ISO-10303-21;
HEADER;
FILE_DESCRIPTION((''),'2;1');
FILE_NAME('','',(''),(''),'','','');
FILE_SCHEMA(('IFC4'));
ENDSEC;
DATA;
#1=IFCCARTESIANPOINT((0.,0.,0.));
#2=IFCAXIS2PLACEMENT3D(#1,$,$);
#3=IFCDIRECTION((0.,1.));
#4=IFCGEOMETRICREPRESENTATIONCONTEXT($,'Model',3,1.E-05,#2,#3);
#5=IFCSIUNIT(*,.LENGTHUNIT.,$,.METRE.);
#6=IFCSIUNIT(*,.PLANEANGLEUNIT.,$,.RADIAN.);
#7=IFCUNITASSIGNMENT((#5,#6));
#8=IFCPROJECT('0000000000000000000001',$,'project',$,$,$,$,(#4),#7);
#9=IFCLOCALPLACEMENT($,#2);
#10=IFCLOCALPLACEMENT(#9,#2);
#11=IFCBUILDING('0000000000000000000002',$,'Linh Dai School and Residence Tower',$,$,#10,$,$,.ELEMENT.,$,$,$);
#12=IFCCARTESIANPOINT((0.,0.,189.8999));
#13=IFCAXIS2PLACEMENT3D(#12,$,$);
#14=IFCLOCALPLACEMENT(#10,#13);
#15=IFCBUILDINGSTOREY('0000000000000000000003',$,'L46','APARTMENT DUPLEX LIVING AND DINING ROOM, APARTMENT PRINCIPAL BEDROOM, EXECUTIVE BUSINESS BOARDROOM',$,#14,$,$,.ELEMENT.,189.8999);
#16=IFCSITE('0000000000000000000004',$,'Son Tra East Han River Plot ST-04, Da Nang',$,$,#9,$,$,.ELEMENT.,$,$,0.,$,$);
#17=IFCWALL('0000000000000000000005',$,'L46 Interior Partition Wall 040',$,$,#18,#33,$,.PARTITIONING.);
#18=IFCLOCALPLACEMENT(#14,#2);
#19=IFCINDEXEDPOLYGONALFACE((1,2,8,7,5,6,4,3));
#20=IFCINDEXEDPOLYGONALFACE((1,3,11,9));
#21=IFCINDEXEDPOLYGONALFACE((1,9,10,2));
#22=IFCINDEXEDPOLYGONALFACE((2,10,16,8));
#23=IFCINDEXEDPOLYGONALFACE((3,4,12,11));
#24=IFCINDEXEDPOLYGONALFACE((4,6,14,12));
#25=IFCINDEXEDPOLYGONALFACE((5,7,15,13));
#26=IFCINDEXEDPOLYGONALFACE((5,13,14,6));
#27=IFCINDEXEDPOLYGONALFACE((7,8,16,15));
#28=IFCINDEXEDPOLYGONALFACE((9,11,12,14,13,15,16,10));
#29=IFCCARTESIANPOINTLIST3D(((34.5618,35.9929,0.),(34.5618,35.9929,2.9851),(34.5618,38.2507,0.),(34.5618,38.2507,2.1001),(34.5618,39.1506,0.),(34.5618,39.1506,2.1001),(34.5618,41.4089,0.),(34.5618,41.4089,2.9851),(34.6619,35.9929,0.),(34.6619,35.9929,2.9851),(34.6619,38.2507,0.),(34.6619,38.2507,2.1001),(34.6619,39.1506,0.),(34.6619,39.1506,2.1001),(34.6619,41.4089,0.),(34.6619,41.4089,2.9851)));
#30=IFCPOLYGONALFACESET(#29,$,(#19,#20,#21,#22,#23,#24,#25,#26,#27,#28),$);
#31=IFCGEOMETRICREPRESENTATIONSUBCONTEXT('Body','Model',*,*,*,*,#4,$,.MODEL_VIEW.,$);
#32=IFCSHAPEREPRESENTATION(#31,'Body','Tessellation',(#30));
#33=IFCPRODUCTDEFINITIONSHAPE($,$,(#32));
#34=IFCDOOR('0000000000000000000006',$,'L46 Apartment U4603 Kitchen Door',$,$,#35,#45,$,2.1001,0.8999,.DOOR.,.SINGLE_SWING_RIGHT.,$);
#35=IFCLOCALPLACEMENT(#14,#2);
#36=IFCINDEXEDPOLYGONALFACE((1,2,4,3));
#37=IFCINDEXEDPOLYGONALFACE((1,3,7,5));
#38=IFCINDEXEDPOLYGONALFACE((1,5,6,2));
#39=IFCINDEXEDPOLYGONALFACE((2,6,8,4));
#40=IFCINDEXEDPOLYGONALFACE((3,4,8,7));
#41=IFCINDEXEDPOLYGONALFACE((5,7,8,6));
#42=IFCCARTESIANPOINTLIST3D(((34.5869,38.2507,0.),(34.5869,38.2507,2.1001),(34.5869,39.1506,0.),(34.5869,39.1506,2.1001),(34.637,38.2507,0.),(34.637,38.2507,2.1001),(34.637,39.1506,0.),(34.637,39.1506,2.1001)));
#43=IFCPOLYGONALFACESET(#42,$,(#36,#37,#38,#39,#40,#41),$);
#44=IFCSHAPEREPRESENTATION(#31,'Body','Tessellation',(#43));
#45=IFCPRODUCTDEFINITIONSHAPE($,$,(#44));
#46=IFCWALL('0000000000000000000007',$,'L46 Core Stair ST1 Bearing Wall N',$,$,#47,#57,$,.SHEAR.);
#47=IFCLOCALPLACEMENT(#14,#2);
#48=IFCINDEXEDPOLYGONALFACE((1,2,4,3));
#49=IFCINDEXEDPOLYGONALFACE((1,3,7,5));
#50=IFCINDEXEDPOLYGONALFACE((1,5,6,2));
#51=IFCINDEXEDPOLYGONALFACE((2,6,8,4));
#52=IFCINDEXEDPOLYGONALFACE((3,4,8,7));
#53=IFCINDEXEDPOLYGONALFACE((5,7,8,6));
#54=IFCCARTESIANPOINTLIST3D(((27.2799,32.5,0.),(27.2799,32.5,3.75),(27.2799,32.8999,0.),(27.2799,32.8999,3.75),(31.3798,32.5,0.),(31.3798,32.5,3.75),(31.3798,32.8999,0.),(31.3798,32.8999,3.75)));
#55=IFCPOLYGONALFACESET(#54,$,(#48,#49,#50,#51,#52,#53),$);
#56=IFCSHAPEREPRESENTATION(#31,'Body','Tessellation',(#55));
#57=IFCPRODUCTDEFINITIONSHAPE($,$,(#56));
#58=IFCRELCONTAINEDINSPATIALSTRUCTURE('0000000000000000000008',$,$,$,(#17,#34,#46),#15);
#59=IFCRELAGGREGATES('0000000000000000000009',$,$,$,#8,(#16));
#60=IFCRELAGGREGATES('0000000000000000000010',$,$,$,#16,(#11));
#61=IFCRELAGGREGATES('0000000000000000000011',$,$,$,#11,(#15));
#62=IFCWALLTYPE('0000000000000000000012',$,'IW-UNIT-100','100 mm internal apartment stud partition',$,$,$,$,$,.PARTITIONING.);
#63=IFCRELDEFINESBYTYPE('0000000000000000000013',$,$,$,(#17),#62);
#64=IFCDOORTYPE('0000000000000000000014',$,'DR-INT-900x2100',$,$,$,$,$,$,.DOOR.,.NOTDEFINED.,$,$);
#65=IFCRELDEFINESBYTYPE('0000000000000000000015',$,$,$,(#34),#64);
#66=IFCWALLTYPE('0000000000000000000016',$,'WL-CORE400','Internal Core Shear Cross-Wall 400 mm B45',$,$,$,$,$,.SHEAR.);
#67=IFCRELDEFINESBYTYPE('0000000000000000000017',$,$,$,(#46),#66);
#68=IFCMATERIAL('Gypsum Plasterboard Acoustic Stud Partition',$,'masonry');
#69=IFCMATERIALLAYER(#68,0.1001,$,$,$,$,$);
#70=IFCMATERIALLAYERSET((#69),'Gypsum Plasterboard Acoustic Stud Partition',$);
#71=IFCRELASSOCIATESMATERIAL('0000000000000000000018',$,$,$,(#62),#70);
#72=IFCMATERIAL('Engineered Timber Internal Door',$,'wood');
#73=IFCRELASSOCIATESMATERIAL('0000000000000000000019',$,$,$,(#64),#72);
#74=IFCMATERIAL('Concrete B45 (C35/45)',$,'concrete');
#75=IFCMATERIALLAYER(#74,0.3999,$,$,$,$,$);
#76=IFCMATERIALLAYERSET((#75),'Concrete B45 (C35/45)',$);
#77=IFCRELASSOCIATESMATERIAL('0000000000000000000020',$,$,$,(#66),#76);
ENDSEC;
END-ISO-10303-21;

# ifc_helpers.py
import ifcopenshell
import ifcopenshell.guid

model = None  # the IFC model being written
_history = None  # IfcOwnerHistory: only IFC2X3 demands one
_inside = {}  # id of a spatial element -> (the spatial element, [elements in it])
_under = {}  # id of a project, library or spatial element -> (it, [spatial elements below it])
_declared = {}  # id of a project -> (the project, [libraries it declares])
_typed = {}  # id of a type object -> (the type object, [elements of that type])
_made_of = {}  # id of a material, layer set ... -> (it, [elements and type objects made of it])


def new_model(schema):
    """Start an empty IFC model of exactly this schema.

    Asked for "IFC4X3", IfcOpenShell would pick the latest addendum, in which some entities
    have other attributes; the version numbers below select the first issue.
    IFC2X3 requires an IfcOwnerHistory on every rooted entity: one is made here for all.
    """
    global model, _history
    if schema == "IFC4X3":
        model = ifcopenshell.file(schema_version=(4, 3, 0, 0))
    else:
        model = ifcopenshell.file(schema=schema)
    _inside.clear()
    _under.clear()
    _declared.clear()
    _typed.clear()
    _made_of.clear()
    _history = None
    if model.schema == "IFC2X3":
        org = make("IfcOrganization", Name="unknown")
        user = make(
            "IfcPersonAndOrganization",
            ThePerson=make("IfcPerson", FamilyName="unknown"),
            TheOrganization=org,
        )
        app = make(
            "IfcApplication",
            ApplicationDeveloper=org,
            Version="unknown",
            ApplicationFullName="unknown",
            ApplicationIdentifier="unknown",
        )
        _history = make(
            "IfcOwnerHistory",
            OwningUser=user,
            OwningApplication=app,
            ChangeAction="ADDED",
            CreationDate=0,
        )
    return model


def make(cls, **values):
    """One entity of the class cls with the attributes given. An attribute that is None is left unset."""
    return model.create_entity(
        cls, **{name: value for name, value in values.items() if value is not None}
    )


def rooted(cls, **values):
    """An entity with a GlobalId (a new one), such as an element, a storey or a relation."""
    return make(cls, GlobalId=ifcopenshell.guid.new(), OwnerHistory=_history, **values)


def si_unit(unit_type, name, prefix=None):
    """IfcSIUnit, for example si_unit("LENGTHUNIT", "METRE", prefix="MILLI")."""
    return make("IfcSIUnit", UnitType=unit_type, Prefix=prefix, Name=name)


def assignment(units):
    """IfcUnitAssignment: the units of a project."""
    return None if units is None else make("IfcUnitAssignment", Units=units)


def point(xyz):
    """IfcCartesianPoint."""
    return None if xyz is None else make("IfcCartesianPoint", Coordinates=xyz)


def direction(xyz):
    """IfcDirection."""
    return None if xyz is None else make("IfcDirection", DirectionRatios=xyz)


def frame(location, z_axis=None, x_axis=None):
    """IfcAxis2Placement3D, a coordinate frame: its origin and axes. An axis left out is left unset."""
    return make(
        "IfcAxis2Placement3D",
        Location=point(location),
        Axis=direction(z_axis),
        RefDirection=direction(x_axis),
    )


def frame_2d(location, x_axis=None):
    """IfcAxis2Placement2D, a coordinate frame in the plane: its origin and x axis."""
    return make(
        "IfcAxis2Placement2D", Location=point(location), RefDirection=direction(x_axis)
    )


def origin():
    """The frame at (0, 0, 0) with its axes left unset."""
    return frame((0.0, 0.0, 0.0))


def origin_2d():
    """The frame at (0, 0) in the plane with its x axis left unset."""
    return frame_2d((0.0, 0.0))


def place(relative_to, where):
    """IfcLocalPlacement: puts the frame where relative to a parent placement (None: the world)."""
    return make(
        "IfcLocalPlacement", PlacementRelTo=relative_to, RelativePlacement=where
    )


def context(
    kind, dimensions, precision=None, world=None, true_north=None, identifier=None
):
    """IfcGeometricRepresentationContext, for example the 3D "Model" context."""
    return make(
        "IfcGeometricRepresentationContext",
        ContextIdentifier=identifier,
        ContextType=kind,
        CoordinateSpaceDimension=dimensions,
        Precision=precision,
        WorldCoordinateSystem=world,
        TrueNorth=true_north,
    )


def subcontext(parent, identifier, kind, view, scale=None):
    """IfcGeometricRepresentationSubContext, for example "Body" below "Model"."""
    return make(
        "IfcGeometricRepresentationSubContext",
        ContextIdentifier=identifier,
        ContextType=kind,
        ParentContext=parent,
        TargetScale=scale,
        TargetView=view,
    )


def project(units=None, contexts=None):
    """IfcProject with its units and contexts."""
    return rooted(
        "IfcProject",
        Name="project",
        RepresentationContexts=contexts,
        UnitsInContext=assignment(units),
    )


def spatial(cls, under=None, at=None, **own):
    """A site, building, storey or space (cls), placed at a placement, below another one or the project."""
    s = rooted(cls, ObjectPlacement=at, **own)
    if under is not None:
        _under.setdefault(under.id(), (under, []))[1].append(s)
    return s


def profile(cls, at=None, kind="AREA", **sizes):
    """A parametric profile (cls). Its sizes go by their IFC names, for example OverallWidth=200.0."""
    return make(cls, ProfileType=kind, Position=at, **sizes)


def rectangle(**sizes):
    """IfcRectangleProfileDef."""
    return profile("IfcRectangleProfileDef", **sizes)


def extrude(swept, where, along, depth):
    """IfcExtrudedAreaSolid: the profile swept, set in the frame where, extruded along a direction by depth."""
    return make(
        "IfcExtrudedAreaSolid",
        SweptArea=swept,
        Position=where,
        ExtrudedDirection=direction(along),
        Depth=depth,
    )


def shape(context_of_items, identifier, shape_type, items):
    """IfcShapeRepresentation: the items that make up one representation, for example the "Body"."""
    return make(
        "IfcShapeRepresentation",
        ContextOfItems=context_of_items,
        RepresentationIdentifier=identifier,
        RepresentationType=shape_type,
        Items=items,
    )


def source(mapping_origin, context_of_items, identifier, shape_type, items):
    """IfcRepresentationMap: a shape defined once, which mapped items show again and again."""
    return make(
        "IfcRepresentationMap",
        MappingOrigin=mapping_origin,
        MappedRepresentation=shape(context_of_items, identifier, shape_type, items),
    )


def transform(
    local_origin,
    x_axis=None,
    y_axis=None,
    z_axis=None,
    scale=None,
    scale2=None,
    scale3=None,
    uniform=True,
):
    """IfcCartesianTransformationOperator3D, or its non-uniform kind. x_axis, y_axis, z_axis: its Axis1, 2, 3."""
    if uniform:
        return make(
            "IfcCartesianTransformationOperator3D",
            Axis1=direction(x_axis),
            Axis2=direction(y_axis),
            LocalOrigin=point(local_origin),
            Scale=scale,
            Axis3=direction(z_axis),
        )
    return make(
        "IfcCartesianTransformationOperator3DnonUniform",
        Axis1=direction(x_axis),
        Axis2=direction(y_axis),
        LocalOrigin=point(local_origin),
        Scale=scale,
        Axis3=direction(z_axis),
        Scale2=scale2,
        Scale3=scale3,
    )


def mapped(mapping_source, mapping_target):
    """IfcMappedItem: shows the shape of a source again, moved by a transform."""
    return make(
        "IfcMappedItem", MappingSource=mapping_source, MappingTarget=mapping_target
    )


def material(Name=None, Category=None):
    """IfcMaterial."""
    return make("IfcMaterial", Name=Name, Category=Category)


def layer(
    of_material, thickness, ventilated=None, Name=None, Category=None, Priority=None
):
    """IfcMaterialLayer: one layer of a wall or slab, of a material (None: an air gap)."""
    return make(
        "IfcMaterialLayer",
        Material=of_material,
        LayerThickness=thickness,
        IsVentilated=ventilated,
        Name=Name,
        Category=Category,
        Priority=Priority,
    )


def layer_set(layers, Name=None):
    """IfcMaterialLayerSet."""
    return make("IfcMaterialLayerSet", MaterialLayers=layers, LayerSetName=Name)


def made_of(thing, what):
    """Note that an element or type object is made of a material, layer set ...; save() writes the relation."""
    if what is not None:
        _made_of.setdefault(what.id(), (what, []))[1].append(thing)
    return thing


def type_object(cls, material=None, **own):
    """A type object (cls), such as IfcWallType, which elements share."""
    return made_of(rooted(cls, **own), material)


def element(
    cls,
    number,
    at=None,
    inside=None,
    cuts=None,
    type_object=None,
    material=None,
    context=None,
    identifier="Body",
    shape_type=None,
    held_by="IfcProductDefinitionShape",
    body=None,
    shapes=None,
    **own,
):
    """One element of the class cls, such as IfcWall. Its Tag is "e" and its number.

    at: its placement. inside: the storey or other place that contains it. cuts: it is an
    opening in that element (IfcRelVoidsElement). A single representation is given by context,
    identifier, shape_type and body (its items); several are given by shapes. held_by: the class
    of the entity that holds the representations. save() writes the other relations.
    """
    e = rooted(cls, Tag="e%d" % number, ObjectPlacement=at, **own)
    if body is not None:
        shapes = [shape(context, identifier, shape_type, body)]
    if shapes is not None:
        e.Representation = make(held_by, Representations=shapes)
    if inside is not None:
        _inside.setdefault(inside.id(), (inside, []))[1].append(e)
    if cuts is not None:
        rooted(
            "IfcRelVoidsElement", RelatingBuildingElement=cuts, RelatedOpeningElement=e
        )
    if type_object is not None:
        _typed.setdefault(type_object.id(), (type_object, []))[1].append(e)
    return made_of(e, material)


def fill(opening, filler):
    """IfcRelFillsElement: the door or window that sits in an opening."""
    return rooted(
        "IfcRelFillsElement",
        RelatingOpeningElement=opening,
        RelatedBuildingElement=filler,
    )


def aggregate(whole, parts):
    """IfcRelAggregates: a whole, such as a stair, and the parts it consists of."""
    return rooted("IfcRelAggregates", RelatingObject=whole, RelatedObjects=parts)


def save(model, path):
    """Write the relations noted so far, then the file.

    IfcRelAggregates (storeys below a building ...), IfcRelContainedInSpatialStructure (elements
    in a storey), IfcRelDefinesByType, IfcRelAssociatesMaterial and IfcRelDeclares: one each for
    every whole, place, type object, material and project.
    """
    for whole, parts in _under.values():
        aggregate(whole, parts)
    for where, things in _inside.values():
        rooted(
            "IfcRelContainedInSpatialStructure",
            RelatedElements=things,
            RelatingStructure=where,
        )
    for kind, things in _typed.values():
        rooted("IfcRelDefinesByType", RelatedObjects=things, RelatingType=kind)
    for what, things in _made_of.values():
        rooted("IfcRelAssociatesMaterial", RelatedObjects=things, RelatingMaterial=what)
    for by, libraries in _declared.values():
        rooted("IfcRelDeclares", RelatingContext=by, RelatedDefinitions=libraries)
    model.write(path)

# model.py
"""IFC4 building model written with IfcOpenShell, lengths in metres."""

from ifc_helpers import new_model, si_unit, direction, frame, frame_2d, origin, origin_2d, place, context, subcontext, project, spatial, rectangle, extrude, source, transform, mapped, material, layer, layer_set, type_object, element, fill, save


model = new_model("IFC4")

# Units and contexts
model_context = context("Model", 3, precision=1e-05, world=origin(), true_north=direction((0.0, 1.0)))
body_context = subcontext(model_context, "Body", "Model", "MODEL_VIEW")
ifc_project = project(units=[si_unit("LENGTHUNIT", "METRE"), si_unit("PLANEANGLEUNIT", "RADIAN")], contexts=[model_context])

# Site, building, storey
site_placement = place(None, origin())
site = spatial("IfcSite", under=ifc_project, at=site_placement, Name="Son Tra East Han River Plot ST-04, Da Nang", CompositionType="ELEMENT", RefElevation=0.0)
building_placement = place(site_placement, origin())
building = spatial("IfcBuilding", under=site, at=building_placement, Name="Linh Dai School and Residence Tower", CompositionType="ELEMENT")
storey_placement = place(building_placement, frame((0.0, 0.0, 189.8999)))
storey = spatial("IfcBuildingStorey", under=building, at=storey_placement, Name="L46", Description="APARTMENT DUPLEX LIVING AND DINING ROOM, APARTMENT PRINCIPAL BEDROOM, EXECUTIVE BUSINESS BOARDROOM", CompositionType="ELEMENT", Elevation=189.8999)

# Shared definitions
ifc_material_1 = material(Name="Gypsum Plasterboard Acoustic Stud Partition", Category="masonry")
ifc_layer_1 = layer(ifc_material_1, 0.1001)
ifc_layer_set_1 = layer_set([ifc_layer_1], Name="Gypsum Plasterboard Acoustic Stud Partition")
wall_type_1 = type_object("IfcWallType", Name="IW-UNIT-100", Description="100 mm internal apartment stud partition", PredefinedType="PARTITIONING", material=ifc_layer_set_1)

# Wall, opening, door
wall_1_placement = place(storey_placement, frame((34.6118, 35.9929, 0.0), z_axis=(0.0, 0.0, 1.0), x_axis=(0.0, 1.0, 0.0)))
wall_1 = element("IfcWall", 1, at=wall_1_placement, inside=storey, type_object=wall_type_1, Name="L46 Interior Partition Wall 040", PredefinedType="PARTITIONING", context=body_context, shape_type="SweptSolid", body=[
    extrude(rectangle(XDim=5.416, YDim=0.1001, at=frame_2d((2.708, 0.0))), origin(), (0.0, 0.0, 1.0), 2.9851),
])
opening_1_placement = place(wall_1_placement, frame((2.2578, 0.0, 0.0)))
opening_1 = element("IfcOpeningElement", 2, at=opening_1_placement, cuts=wall_1, PredefinedType="OPENING", context=body_context, shape_type="SweptSolid", body=[
    extrude(rectangle(XDim=0.8999, YDim=2.1001, at=origin_2d()), frame((0.45, 0.0601, 1.05), z_axis=(0.0, -1.0, 0.0), x_axis=(1.0, 0.0, 0.0)), (0.0, 0.0, 1.0), 0.1201),
])
ifc_material_2 = material(Name="Engineered Timber Internal Door", Category="wood")
door_type_1 = type_object("IfcDoorType", Name="DR-INT-900x2100", OperationType="NOTDEFINED", PredefinedType="DOOR", material=ifc_material_2)
shared_shape_1 = source(origin(), body_context, "Body", "SweptSolid", [
    extrude(rectangle(XDim=0.8999, YDim=2.1001, at=origin_2d()), frame((0.45, 0.0249, 1.05), z_axis=(0.0, -1.0, 0.0), x_axis=(1.0, 0.0, 0.0)), (0.0, 0.0, 1.0), 0.05),
])
door_1_placement = place(opening_1_placement, origin())
door_1 = element("IfcDoor", 3, at=door_1_placement, inside=storey, type_object=door_type_1, Name="L46 Apartment U4603 Kitchen Door", OperationType="SINGLE_SWING_RIGHT", OverallHeight=2.1001, OverallWidth=0.8999, PredefinedType="DOOR", context=body_context, shape_type="MappedRepresentation", body=[
    mapped(shared_shape_1, transform((0.0, 0.0, 0.0), x_axis=(1.0, 0.0, 0.0), y_axis=(0.0, 1.0, 0.0), z_axis=(0.0, 0.0, 1.0), scale=1.0)),
])
fill(opening_1, door_1)

# Wall
ifc_material_3 = material(Name="Concrete B45 (C35/45)", Category="concrete")
ifc_layer_2 = layer(ifc_material_3, 0.3999)
ifc_layer_set_2 = layer_set([ifc_layer_2], Name="Concrete B45 (C35/45)")
wall_type_2 = type_object("IfcWallType", Name="WL-CORE400", Description="Internal Core Shear Cross-Wall 400 mm B45", PredefinedType="SHEAR", material=ifc_layer_set_2)
wall_2_placement = place(storey_placement, frame((27.28, 32.7, 0.0), z_axis=(0.0, 0.0, 1.0), x_axis=(1.0, 0.0, 0.0)))
element("IfcWall", 4, at=wall_2_placement, inside=storey, type_object=wall_type_2, Name="L46 Core Stair ST1 Bearing Wall N", PredefinedType="SHEAR", context=body_context, shape_type="SweptSolid", body=[
    extrude(rectangle(XDim=4.0999, YDim=0.3999, at=frame_2d((2.0498, 0.0))), origin(), (0.0, 0.0, 1.0), 3.75),
])

save(model, "model.ifc")
